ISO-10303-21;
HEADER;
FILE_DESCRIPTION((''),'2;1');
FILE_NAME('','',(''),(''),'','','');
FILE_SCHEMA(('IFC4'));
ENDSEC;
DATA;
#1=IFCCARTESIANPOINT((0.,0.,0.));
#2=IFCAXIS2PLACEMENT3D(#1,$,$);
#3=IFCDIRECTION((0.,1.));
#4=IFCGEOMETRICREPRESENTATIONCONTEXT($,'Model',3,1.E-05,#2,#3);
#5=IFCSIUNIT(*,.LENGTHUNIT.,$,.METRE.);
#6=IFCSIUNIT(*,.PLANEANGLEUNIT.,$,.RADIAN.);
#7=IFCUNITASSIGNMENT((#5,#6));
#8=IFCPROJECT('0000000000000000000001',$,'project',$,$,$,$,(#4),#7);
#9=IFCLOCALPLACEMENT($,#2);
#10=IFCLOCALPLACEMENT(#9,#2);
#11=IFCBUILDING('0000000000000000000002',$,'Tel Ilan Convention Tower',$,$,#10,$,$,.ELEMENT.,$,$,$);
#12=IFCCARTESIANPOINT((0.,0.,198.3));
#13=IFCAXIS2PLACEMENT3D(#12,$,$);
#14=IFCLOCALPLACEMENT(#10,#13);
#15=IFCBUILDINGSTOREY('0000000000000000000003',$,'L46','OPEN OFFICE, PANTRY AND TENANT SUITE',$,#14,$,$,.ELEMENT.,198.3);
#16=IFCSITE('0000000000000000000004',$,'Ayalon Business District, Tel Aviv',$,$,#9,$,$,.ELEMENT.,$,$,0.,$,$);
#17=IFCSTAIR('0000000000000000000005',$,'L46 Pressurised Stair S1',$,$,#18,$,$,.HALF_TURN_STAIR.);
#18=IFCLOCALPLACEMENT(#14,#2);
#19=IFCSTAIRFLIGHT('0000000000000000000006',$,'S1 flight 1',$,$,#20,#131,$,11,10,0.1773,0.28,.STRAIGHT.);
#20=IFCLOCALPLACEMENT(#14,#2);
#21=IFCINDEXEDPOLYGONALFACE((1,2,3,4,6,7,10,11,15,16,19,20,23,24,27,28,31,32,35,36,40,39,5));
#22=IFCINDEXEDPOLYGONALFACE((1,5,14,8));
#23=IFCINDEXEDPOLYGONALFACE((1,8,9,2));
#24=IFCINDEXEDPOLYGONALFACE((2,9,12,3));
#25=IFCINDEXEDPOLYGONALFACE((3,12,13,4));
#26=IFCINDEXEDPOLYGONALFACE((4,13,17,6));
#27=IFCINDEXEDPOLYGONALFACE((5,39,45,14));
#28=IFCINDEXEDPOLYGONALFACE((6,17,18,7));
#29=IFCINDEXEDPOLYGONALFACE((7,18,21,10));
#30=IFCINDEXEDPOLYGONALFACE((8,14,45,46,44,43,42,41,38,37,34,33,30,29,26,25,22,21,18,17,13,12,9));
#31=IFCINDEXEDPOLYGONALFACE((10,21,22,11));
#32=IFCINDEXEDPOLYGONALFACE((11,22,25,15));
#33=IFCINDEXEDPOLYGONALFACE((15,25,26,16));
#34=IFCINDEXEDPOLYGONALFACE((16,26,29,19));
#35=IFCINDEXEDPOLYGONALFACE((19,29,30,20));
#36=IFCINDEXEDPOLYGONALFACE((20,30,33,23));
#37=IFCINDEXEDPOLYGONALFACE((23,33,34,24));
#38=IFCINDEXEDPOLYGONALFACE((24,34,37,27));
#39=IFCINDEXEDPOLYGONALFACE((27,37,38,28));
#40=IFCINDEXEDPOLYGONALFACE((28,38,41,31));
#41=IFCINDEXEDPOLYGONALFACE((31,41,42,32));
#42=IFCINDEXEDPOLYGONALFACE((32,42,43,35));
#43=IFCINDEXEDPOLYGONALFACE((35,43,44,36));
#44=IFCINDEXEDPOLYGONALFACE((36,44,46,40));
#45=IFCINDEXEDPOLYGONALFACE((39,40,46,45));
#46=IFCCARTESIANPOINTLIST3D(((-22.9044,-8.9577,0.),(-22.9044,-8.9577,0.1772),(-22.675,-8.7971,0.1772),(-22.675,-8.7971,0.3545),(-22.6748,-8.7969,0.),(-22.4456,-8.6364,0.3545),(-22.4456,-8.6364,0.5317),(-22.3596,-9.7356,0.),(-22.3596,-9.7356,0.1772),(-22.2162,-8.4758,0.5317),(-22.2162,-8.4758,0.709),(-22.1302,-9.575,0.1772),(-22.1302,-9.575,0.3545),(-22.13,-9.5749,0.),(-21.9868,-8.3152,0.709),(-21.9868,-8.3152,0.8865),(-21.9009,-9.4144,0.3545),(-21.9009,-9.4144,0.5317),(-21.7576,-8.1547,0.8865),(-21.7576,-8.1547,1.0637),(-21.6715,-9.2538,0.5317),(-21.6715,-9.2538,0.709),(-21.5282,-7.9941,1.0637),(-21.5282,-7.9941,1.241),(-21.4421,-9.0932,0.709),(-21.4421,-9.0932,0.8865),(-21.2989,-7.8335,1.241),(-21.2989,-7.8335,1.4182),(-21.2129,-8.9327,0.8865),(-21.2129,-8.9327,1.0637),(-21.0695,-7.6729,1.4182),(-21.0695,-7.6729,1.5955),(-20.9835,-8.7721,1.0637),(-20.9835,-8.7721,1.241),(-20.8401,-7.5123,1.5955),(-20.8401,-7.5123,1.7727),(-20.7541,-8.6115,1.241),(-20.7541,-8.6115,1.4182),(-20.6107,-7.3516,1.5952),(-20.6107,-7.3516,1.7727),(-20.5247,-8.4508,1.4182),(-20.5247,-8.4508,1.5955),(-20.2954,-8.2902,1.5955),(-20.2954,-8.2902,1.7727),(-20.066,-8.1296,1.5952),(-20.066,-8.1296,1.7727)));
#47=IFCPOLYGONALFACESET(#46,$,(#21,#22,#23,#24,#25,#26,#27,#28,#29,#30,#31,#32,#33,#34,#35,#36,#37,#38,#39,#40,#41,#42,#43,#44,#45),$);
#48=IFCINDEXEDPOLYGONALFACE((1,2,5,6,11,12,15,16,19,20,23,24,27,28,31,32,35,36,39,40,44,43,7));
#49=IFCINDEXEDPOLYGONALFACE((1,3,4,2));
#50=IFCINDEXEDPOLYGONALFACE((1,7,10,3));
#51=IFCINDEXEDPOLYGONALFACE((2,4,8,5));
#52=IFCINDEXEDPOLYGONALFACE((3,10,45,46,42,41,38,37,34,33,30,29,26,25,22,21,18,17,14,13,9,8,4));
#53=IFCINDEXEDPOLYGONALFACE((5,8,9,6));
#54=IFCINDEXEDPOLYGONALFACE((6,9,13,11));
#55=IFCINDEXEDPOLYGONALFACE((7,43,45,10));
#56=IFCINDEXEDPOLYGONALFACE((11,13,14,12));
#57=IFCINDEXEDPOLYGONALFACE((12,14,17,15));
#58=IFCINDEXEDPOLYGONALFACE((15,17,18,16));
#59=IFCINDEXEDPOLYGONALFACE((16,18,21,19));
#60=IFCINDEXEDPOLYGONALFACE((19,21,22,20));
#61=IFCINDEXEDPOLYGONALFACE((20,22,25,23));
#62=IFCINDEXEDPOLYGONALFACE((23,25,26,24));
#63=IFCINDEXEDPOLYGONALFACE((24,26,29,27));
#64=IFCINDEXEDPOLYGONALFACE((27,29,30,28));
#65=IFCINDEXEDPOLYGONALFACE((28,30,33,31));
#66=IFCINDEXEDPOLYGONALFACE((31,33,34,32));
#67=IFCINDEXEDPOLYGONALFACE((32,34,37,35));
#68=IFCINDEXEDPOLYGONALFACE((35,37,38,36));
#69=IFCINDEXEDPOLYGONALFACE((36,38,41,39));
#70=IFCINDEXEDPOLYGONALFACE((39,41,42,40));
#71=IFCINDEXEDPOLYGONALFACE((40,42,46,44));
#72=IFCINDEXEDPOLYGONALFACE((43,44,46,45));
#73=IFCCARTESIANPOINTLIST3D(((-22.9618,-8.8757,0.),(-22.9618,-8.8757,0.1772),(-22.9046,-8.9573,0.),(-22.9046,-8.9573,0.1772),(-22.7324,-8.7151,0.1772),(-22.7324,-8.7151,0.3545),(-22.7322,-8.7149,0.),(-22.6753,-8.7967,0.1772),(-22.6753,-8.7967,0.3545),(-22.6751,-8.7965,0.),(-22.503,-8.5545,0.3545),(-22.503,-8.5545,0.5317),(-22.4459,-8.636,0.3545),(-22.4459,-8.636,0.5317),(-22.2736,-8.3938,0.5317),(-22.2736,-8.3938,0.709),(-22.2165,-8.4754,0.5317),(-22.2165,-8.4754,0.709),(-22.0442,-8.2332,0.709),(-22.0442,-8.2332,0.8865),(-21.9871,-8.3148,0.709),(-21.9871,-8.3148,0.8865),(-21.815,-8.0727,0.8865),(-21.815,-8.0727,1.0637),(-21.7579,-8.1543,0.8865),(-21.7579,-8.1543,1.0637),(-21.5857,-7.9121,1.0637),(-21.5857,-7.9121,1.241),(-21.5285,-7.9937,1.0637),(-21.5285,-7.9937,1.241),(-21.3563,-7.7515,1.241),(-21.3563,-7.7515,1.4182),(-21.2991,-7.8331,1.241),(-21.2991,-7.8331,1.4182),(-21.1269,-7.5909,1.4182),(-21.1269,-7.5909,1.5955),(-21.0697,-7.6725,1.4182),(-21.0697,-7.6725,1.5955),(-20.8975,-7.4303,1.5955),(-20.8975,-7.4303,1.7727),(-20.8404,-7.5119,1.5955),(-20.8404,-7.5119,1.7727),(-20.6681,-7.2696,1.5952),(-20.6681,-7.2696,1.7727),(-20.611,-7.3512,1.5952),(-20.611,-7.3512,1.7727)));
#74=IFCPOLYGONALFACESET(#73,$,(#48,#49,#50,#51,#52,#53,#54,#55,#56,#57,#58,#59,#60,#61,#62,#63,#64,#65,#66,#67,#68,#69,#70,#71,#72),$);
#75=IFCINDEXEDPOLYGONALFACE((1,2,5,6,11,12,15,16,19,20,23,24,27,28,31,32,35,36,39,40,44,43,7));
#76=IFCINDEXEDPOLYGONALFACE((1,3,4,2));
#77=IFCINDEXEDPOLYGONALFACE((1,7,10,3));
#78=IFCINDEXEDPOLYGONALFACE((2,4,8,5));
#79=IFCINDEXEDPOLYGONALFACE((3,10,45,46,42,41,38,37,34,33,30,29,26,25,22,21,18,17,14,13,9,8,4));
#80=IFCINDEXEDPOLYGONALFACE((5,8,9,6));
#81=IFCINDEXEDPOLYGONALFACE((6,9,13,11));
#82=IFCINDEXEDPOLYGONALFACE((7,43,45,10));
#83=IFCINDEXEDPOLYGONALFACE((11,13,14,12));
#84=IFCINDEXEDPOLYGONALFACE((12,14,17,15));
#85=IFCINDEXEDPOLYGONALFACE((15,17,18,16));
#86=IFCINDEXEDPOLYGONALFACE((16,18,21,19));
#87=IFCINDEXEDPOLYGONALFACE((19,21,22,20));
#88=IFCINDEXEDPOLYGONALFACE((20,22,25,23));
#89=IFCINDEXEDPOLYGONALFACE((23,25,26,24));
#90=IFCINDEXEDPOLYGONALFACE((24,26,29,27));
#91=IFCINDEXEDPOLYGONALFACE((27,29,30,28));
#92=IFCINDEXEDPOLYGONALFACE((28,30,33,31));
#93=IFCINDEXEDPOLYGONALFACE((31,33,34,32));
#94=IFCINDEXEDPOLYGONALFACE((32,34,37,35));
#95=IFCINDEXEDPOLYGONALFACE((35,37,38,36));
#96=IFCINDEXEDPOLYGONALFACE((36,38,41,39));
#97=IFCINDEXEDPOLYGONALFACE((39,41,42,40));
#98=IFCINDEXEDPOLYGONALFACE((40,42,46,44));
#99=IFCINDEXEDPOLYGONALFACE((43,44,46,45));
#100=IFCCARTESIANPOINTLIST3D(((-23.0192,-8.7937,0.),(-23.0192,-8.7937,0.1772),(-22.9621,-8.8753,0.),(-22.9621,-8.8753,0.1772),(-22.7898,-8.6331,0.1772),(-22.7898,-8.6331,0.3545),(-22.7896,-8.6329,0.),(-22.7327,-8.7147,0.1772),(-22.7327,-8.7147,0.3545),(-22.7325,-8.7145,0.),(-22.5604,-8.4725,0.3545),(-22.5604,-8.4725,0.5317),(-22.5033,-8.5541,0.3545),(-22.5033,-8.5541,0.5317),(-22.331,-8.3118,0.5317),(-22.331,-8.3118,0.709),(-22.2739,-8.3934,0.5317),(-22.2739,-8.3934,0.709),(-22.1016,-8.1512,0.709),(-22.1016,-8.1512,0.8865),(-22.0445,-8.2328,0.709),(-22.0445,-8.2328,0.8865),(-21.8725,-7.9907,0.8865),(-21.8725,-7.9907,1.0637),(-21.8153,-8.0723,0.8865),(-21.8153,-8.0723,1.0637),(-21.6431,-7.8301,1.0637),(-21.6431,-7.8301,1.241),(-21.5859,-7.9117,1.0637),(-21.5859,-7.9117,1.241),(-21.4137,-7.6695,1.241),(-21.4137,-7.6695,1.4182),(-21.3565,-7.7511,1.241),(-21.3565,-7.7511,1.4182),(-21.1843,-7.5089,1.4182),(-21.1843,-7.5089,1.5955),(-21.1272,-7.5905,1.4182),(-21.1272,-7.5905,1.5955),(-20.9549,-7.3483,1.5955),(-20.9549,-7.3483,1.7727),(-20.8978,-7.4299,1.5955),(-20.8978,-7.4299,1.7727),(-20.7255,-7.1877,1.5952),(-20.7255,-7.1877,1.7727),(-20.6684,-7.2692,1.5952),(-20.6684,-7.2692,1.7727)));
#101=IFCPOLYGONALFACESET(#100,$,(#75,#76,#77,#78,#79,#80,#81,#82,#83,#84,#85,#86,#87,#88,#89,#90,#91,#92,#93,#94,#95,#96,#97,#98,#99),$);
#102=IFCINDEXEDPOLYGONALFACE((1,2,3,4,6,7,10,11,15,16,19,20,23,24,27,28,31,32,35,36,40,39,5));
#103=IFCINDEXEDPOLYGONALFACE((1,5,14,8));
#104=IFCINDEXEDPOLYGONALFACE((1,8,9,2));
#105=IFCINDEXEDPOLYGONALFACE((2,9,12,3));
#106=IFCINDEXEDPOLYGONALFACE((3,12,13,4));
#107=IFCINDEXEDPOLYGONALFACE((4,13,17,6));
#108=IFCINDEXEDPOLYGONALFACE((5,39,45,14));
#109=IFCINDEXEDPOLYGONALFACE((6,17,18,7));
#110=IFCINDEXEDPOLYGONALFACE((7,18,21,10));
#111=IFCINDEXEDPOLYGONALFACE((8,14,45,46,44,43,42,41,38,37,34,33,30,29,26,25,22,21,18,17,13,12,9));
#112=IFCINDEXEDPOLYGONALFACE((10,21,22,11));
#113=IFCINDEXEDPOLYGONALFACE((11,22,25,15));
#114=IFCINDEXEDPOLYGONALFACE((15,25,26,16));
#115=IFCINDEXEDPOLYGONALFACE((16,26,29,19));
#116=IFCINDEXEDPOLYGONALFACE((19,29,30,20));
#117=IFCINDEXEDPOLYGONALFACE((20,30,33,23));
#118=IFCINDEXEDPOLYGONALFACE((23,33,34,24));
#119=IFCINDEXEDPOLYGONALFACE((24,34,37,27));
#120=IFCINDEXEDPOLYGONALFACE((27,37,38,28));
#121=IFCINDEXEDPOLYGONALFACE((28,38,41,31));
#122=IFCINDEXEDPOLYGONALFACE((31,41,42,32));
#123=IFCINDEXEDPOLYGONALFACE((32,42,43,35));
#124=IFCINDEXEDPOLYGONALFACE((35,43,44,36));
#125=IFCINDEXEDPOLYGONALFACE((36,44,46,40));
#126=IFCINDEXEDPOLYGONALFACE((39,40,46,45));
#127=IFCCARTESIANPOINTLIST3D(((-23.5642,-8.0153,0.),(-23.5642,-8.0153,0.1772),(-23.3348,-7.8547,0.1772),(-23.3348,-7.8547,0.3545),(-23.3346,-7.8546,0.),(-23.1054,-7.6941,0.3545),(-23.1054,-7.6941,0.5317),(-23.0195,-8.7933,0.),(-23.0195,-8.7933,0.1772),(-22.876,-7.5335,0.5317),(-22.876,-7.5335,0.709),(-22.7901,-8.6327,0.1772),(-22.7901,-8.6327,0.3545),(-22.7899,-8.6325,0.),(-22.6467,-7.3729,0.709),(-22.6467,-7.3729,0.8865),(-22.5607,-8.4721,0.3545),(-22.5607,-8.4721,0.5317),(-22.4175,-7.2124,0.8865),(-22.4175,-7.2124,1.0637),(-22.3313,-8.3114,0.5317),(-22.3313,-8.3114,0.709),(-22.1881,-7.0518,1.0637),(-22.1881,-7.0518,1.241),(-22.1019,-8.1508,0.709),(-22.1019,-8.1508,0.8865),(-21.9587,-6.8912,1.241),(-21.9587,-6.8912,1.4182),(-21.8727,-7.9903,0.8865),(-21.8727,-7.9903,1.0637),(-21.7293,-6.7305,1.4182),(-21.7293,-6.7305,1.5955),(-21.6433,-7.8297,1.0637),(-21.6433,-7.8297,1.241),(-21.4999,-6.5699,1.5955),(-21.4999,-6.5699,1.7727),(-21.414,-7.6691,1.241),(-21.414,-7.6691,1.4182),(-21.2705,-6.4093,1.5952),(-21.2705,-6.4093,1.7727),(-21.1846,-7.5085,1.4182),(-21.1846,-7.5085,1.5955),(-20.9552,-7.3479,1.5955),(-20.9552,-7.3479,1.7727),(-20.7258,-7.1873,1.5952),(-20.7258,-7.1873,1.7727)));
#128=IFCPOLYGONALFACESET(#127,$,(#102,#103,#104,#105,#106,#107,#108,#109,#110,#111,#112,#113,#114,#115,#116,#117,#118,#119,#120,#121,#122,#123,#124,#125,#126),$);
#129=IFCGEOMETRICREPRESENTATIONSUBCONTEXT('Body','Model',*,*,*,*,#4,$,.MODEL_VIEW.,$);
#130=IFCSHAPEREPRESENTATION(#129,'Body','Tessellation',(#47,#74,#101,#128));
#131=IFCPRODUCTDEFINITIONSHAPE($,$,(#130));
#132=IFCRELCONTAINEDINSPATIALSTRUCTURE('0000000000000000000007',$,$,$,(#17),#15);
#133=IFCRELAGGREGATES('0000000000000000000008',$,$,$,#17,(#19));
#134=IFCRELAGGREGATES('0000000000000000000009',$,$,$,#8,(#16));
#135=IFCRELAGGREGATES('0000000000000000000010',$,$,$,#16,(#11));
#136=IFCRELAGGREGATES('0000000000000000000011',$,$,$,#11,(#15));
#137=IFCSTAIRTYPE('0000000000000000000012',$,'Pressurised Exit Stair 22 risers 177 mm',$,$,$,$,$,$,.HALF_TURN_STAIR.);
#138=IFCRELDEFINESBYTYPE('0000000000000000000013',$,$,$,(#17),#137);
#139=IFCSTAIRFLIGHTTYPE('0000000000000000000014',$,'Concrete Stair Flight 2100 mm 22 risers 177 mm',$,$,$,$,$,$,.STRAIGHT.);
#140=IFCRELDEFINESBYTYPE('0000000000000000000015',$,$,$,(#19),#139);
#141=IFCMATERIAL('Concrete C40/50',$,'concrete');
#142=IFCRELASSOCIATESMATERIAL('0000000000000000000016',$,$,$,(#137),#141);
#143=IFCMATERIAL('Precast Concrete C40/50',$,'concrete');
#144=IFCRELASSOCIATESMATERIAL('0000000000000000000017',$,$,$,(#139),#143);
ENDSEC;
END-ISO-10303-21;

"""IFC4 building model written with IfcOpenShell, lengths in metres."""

from ifc_helpers import new_model, si_unit, direction, frame, origin, place, context, subcontext, project, spatial, polyline, outline, extrude, material, type_object, element, aggregate, save


model = new_model("IFC4")

# Units and contexts
model_context = context("Model", 3, precision=1e-05, world=origin(), true_north=direction((0.0, 1.0)))
body_context = subcontext(model_context, "Body", "Model", "MODEL_VIEW")
ifc_project = project(units=[si_unit("LENGTHUNIT", "METRE"), si_unit("PLANEANGLEUNIT", "RADIAN")], contexts=[model_context])

# Site, building, storey
site_placement = place(None, origin())
site = spatial("IfcSite", under=ifc_project, at=site_placement, Name="Ayalon Business District, Tel Aviv", CompositionType="ELEMENT", RefElevation=0.0)
building_placement = place(site_placement, origin())
building = spatial("IfcBuilding", under=site, at=building_placement, Name="Tel Ilan Convention Tower", CompositionType="ELEMENT")
storey_placement = place(building_placement, frame((0.0, 0.0, 198.3)))
storey = spatial("IfcBuildingStorey", under=building, at=storey_placement, Name="L46", Description="OPEN OFFICE, PANTRY AND TENANT SUITE", CompositionType="ELEMENT", Elevation=198.3)

# Stair, stair flight
ifc_material_1 = material(Name="Concrete C40/50", Category="concrete")
stair_type = type_object("IfcStairType", Name="Pressurised Exit Stair 22 risers 177 mm", PredefinedType="HALF_TURN_STAIR", material=ifc_material_1)
stair_1_placement = place(storey_placement, origin())
stair_1 = element("IfcStair", 1, at=stair_1_placement, inside=storey, type_object=stair_type, Name="L46 Pressurised Stair S1", PredefinedType="HALF_TURN_STAIR")
ifc_material_2 = material(Name="Precast Concrete C40/50", Category="concrete")
stair_flight_type = type_object("IfcStairFlightType", Name="Concrete Stair Flight 2100 mm 22 risers 177 mm", PredefinedType="STRAIGHT", material=ifc_material_2)
stair_flight_1_placement = place(storey_placement, frame((-22.9619, -8.8755, 0.0), z_axis=(0.0, 0.0, 1.0), x_axis=(0.819152, 0.573576, 0.0)))
stair_flight_1 = element("IfcStairFlight", 2, at=stair_flight_1_placement, type_object=stair_flight_type, Name="S1 flight 1", NumberOfRisers=11, NumberOfTreads=10, PredefinedType="STRAIGHT", RiserHeight=0.1773, TreadLength=0.28, context=body_context, shape_type="SweptSolid", body=[
    extrude(outline(polyline([(0.0, 0.0), (0.0, 0.1772), (0.28, 0.1772), (0.28, 0.3545), (0.5601, 0.3545), (0.5601, 0.5317), (0.8401, 0.5317), (0.8401, 0.709), (1.1201, 0.709), (1.1201, 0.8865), (1.3999, 0.8865), (1.3999, 1.0637), (1.6799, 1.0637), (1.6799, 1.241), (1.96, 1.241), (1.96, 1.4182), (2.24, 1.4182), (2.24, 1.5955), (2.52, 1.5955), (2.52, 1.7727), (2.8, 1.7727), (2.8, 1.95), (2.8, 1.5952), (0.2803, 0.0), (0.0, 0.0)])), frame((0.0, -0.1003, 0.0), z_axis=(0.0, -1.0, 0.0), x_axis=(1.0, 0.0, 0.0)), (0.0, 0.0, 1.0), 0.9497),
    extrude(outline(polyline([(0.0, 0.0), (0.0, 0.1772), (0.28, 0.1772), (0.28, 0.3545), (0.5601, 0.3545), (0.5601, 0.5317), (0.8401, 0.5317), (0.8401, 0.709), (1.1201, 0.709), (1.1201, 0.8865), (1.3999, 0.8865), (1.3999, 1.0637), (1.6799, 1.0637), (1.6799, 1.241), (1.96, 1.241), (1.96, 1.4182), (2.24, 1.4182), (2.24, 1.5955), (2.52, 1.5955), (2.52, 1.7727), (2.8, 1.7727), (2.8, 1.95), (2.8, 1.5952), (0.2803, 0.0), (0.0, 0.0)])), frame((0.0, -0.0002, 0.0), z_axis=(0.0, -1.0, 0.0), x_axis=(1.0, 0.0, 0.0)), (0.0, 0.0, 1.0), 0.0996),
    extrude(outline(polyline([(0.0, 0.0), (0.0, 0.1772), (0.28, 0.1772), (0.28, 0.3545), (0.5601, 0.3545), (0.5601, 0.5317), (0.8401, 0.5317), (0.8401, 0.709), (1.1201, 0.709), (1.1201, 0.8865), (1.3999, 0.8865), (1.3999, 1.0637), (1.6799, 1.0637), (1.6799, 1.241), (1.96, 1.241), (1.96, 1.4182), (2.24, 1.4182), (2.24, 1.5955), (2.52, 1.5955), (2.52, 1.7727), (2.8, 1.7727), (2.8, 1.95), (2.8, 1.5952), (0.2803, 0.0), (0.0, 0.0)])), frame((0.0, 0.0999, 0.0), z_axis=(0.0, -1.0, 0.0), x_axis=(1.0, 0.0, 0.0)), (0.0, 0.0, 1.0), 0.0996),
    extrude(outline(polyline([(0.0, 0.0), (0.0, 0.1772), (0.28, 0.1772), (0.28, 0.3545), (0.5601, 0.3545), (0.5601, 0.5317), (0.8401, 0.5317), (0.8401, 0.709), (1.1201, 0.709), (1.1201, 0.8865), (1.3999, 0.8865), (1.3999, 1.0637), (1.6799, 1.0637), (1.6799, 1.241), (1.96, 1.241), (1.96, 1.4182), (2.24, 1.4182), (2.24, 1.5955), (2.52, 1.5955), (2.52, 1.7727), (2.8, 1.7727), (2.8, 1.95), (2.8, 1.5952), (0.2803, 0.0), (0.0, 0.0)])), frame((0.0, 1.05, 0.0), z_axis=(0.0, -1.0, 0.0), x_axis=(1.0, 0.0, 0.0)), (0.0, 0.0, 1.0), 0.9497),
])
aggregate(stair_1, [stair_flight_1])

save(model, "model.ifc")
